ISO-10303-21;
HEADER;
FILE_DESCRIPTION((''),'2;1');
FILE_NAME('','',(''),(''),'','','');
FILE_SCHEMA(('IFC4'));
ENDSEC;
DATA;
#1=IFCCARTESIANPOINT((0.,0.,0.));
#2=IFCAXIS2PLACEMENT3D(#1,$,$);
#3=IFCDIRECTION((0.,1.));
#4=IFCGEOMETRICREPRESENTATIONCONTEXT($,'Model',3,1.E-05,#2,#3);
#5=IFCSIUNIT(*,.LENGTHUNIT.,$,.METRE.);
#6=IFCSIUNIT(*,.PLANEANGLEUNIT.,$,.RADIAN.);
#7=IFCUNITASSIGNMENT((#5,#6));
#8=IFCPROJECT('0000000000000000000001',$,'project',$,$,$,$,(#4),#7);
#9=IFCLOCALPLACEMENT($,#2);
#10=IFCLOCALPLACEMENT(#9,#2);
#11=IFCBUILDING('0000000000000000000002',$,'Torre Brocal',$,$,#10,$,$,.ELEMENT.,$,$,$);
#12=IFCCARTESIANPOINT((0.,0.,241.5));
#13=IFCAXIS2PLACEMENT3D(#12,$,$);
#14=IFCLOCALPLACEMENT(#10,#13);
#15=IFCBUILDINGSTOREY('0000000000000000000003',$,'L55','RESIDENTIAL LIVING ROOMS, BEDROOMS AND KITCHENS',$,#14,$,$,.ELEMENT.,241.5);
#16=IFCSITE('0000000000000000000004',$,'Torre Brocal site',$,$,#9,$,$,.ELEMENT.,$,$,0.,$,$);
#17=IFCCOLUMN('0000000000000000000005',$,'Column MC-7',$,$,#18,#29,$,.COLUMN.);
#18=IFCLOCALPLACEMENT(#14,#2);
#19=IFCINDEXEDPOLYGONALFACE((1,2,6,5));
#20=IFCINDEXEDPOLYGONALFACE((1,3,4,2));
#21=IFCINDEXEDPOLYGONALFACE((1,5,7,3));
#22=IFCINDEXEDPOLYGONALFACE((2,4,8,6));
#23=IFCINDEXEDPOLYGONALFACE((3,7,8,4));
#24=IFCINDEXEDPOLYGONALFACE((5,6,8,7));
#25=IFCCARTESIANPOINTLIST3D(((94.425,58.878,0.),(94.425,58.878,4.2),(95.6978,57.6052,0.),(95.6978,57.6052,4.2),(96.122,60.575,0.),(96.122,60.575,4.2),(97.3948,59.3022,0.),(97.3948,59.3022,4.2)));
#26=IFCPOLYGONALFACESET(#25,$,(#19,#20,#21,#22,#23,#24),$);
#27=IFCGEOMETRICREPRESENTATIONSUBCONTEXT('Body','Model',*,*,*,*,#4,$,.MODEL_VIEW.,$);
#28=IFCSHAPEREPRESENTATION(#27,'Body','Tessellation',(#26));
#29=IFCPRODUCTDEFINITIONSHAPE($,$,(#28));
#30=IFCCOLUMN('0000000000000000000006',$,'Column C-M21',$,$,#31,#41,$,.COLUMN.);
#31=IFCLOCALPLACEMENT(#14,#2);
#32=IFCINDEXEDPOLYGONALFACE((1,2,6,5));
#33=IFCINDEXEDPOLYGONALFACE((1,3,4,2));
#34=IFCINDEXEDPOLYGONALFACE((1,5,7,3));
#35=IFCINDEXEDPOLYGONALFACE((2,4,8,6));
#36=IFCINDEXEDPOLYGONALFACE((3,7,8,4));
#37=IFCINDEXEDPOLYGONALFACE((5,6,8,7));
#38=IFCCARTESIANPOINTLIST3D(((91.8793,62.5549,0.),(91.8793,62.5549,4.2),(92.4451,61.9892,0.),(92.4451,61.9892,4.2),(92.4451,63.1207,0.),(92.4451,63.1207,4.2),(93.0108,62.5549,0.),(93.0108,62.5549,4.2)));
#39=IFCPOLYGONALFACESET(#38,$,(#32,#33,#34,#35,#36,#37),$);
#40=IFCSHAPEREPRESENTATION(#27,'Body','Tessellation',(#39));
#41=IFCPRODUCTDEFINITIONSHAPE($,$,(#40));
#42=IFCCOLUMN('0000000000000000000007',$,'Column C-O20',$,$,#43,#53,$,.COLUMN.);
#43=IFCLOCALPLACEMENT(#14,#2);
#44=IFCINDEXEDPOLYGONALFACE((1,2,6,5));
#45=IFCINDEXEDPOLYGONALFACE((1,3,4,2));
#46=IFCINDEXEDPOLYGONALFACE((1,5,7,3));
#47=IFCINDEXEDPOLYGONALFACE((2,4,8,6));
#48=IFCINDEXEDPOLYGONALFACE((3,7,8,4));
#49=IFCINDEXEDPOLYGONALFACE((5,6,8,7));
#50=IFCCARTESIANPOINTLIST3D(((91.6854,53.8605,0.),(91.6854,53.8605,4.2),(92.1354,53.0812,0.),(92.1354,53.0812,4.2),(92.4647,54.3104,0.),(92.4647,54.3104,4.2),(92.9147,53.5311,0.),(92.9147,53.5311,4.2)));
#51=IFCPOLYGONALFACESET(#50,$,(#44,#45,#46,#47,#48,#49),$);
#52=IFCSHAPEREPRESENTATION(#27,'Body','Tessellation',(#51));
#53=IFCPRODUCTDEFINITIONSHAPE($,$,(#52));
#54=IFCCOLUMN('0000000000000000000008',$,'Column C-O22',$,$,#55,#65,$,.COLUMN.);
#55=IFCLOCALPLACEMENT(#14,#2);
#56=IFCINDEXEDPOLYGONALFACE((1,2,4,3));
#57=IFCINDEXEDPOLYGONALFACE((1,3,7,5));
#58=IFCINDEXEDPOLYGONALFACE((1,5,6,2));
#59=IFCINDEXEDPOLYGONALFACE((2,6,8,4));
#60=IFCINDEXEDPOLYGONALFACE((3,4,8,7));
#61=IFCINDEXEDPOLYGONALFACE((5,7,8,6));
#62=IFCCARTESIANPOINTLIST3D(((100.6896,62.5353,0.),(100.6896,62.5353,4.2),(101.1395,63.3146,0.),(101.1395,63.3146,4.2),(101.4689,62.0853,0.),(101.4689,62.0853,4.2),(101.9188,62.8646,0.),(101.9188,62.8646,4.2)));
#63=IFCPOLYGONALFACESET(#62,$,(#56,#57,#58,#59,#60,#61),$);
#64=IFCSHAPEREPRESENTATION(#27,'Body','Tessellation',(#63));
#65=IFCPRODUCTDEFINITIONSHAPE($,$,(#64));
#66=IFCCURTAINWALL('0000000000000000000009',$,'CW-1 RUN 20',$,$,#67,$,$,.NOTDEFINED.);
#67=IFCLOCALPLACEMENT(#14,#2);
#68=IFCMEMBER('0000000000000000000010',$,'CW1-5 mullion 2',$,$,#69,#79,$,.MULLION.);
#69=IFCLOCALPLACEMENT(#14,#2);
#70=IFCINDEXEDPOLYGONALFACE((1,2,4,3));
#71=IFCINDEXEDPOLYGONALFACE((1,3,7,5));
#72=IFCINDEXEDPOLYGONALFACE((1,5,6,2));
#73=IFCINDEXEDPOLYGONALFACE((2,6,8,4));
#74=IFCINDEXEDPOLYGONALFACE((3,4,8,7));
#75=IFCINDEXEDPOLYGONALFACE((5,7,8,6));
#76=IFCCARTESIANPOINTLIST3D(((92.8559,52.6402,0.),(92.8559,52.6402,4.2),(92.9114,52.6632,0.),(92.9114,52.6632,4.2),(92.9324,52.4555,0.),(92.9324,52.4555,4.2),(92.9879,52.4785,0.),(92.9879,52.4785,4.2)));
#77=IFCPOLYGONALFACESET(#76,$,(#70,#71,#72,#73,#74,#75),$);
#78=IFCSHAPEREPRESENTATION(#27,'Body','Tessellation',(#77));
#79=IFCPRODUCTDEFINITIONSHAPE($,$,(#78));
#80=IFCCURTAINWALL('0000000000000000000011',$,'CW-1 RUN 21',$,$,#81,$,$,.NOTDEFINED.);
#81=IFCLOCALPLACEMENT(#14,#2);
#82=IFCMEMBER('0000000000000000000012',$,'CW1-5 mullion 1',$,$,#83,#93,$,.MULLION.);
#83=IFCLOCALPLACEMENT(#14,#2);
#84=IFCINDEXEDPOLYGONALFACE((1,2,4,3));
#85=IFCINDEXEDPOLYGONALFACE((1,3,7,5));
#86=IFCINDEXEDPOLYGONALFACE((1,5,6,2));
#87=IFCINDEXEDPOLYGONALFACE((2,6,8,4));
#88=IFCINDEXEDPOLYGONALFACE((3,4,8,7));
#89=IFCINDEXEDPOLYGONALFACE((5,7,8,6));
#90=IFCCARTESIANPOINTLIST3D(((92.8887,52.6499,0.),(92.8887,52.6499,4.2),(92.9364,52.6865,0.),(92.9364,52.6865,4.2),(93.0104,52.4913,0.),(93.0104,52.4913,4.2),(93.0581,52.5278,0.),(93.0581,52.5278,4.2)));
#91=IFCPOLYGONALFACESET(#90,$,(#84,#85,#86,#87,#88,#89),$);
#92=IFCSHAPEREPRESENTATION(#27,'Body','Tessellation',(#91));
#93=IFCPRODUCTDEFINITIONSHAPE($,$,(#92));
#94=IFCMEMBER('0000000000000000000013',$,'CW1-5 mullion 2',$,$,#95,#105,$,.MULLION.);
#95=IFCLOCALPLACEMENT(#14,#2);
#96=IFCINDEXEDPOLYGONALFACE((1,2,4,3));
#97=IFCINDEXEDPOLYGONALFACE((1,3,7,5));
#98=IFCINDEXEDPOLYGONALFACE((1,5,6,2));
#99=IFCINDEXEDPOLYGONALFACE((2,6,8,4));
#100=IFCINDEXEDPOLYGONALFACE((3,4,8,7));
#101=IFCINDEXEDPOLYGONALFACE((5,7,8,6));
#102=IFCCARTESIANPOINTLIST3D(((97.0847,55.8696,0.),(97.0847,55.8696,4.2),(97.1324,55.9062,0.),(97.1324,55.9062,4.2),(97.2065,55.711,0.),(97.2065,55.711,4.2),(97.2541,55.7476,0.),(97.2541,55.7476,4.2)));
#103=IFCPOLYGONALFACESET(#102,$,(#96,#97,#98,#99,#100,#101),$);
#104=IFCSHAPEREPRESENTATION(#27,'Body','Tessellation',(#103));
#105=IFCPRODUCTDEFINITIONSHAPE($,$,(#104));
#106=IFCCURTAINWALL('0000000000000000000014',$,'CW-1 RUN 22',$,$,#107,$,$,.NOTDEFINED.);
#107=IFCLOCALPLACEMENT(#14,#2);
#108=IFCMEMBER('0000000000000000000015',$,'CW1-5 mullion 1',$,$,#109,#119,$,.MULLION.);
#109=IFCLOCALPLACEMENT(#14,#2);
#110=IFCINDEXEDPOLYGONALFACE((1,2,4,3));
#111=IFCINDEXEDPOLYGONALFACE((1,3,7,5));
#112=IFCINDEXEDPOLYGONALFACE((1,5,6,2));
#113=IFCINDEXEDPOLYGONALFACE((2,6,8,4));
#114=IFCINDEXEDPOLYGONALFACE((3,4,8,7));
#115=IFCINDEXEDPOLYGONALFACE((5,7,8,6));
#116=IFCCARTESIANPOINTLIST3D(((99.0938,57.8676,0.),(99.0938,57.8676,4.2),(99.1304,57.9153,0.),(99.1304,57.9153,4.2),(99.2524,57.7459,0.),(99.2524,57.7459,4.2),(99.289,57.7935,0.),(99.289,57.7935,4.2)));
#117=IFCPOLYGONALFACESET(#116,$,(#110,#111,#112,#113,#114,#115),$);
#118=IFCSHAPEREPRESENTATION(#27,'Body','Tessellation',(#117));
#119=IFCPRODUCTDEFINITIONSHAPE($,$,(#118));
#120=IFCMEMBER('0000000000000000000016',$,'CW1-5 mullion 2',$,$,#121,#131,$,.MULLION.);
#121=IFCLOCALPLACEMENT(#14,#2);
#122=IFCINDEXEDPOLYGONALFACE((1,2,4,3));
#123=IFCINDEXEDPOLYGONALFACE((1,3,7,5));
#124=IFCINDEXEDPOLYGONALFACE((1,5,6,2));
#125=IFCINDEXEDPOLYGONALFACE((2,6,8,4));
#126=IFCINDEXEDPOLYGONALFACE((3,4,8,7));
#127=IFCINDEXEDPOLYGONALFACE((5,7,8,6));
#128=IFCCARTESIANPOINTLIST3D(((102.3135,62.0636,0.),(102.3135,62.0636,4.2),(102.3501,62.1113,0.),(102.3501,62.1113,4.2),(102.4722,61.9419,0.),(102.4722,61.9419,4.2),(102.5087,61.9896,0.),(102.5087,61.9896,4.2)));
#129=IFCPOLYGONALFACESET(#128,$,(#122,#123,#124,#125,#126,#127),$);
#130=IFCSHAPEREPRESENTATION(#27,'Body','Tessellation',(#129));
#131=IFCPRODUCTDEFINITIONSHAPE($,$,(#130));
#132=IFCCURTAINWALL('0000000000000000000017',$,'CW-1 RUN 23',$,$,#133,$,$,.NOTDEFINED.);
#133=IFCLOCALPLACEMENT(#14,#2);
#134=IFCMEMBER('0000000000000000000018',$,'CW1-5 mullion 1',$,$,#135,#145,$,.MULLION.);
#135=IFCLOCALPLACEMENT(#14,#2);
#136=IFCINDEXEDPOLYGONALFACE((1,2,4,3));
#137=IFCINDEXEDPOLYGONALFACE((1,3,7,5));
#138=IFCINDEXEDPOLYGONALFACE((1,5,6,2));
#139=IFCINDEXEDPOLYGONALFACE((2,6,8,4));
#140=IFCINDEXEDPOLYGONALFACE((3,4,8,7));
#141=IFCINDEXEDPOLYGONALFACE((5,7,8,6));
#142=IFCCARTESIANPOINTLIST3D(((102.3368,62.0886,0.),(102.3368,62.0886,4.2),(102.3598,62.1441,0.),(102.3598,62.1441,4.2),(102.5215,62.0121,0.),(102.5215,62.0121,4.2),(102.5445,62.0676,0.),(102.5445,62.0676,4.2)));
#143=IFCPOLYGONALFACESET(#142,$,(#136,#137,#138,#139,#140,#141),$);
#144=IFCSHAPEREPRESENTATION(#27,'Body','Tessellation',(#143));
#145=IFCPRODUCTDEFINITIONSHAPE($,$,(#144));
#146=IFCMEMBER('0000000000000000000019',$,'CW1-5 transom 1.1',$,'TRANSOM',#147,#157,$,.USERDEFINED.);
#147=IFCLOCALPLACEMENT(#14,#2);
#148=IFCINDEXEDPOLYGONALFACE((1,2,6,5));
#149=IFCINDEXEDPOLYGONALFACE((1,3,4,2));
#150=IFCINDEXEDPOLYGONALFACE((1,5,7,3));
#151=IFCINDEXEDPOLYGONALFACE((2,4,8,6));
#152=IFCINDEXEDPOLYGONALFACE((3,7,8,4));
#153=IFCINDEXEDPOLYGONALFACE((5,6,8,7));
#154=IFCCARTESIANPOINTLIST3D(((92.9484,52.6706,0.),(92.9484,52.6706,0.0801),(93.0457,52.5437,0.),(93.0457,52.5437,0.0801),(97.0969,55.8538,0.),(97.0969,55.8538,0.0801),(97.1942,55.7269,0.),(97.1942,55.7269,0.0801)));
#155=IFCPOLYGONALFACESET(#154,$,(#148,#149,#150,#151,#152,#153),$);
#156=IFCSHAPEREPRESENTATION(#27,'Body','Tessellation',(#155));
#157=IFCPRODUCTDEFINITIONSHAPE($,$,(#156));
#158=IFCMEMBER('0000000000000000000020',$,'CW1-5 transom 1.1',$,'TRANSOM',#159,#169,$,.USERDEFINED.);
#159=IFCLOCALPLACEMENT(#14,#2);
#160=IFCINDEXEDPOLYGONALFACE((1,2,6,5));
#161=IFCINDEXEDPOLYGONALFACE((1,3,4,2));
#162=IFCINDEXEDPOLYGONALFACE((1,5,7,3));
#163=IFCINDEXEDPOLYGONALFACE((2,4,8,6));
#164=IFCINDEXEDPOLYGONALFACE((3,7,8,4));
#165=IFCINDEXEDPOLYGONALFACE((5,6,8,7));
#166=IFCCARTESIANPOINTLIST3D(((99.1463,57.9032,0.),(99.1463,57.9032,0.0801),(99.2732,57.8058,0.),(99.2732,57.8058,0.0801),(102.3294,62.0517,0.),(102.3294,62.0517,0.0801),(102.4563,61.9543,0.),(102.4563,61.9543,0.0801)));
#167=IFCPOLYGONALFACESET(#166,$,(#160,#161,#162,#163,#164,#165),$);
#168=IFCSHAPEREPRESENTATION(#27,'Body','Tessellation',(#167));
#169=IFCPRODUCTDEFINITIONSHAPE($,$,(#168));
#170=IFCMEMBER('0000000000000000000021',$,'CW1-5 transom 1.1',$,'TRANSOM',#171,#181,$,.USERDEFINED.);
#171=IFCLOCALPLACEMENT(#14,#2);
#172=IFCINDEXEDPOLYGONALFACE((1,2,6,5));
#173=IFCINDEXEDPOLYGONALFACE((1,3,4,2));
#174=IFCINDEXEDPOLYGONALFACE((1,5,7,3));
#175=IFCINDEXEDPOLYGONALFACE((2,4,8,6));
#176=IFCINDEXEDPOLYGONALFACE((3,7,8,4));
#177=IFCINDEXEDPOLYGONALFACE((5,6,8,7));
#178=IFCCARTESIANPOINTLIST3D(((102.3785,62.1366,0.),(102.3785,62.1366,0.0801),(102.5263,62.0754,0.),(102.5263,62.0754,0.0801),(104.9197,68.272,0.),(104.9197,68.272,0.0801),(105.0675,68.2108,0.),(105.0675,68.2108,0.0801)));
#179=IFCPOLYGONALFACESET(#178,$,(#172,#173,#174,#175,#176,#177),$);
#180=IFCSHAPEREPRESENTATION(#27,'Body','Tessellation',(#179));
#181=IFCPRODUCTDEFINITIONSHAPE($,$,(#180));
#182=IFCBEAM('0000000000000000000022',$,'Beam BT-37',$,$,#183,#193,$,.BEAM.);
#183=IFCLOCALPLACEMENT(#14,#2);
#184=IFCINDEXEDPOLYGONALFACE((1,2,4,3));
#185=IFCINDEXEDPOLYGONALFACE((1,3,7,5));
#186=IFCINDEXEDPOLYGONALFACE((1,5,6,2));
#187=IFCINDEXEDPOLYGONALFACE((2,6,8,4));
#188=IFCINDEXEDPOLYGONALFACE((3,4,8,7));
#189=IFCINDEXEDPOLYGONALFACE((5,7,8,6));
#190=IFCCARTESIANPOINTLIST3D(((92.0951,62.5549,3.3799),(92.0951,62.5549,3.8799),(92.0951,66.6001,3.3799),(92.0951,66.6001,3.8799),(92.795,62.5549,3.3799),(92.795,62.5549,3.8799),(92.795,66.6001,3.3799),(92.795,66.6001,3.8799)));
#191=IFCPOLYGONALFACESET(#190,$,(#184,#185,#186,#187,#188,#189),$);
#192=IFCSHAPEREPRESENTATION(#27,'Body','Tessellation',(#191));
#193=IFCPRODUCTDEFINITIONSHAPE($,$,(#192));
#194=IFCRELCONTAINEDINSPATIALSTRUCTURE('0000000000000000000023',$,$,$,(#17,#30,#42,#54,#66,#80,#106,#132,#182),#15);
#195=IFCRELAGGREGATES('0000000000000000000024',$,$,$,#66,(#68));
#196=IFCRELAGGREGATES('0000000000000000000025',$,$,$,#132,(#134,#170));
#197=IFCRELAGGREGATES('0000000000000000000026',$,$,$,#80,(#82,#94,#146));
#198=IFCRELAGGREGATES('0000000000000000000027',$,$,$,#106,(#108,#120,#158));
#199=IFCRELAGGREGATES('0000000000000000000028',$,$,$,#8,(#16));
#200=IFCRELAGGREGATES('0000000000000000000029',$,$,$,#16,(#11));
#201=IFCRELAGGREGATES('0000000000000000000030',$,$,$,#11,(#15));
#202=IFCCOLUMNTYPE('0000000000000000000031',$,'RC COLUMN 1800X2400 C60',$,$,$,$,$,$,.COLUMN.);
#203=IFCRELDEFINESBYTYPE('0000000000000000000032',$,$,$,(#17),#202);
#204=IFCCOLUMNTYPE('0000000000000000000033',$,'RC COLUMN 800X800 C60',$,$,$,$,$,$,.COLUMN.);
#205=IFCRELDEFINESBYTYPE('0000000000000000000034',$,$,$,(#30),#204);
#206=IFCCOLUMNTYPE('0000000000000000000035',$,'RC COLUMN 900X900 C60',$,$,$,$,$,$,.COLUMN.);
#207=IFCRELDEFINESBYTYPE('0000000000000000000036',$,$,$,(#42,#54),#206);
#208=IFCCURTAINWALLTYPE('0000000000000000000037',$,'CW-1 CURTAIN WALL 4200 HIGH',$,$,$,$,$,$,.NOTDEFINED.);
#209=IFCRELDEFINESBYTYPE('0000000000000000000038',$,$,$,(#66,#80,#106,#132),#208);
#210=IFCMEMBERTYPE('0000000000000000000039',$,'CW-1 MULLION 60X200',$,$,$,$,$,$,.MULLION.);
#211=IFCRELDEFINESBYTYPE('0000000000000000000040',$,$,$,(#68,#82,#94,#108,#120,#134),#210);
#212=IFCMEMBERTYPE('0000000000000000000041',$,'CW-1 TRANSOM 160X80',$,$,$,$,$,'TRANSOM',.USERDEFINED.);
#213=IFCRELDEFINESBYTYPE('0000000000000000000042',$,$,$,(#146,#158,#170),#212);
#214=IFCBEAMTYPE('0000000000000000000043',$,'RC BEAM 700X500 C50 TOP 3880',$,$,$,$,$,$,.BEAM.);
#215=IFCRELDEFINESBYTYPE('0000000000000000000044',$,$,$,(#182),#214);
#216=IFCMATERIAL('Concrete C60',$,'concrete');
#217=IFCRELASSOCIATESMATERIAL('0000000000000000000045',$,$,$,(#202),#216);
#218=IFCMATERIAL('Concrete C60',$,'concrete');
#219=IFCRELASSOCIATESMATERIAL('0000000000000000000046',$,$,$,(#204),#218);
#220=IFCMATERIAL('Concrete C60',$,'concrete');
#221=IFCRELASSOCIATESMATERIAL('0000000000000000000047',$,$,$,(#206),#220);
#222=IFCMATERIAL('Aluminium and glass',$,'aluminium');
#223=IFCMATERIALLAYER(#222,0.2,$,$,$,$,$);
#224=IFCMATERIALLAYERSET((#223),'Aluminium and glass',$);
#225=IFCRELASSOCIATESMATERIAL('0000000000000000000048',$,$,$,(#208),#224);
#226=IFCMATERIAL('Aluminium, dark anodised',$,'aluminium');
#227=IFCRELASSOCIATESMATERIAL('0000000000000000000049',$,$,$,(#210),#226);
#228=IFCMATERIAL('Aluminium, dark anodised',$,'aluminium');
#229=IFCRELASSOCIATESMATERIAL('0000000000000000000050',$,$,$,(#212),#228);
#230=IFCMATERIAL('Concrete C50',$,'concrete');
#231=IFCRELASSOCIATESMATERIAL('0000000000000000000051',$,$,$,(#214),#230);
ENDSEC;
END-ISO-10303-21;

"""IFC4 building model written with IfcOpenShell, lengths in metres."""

from ifc_helpers import new_model, si_unit, direction, frame, origin, origin_2d, place, context, subcontext, project, spatial, rectangle, extrude, material, layer, layer_set, material_profile, profile_set, type_object, element, aggregate, save


model = new_model("IFC4")

# Units and contexts
model_context = context("Model", 3, precision=1e-05, world=origin(), true_north=direction((0.0, 1.0)))
body_context = subcontext(model_context, "Body", "Model", "MODEL_VIEW")
ifc_project = project(units=[si_unit("LENGTHUNIT", "METRE"), si_unit("PLANEANGLEUNIT", "RADIAN")], contexts=[model_context])

# Site, building, storey
site_placement = place(None, origin())
site = spatial("IfcSite", under=ifc_project, at=site_placement, Name="Torre Brocal site", CompositionType="ELEMENT", RefElevation=0.0)
building_placement = place(site_placement, origin())
building = spatial("IfcBuilding", under=site, at=building_placement, Name="Torre Brocal", CompositionType="ELEMENT")
storey_placement = place(building_placement, frame((0.0, 0.0, 241.5)))
storey = spatial("IfcBuildingStorey", under=building, at=storey_placement, Name="L55", Description="RESIDENTIAL LIVING ROOMS, BEDROOMS AND KITCHENS", CompositionType="ELEMENT", Elevation=241.5)

# Columns
ifc_material_1 = material(Name="Concrete C60", Category="concrete")
ifc_material_profile_1 = material_profile(ifc_material_1, rectangle(XDim=1.8, YDim=2.3999, at=origin_2d()), Name="RC 1800X2400")
ifc_profile_set_1 = profile_set([ifc_material_profile_1], Name="Concrete C60")
column_type_1 = type_object("IfcColumnType", Name="RC COLUMN 1800X2400 C60", PredefinedType="COLUMN", material=ifc_profile_set_1)
column_1_placement = place(storey_placement, frame((95.9099, 59.0901, 0.0), z_axis=(0.0, 0.0, 1.0), x_axis=(0.707107, -0.707107, 0.0)))
element("IfcColumn", 1, at=column_1_placement, inside=storey, type_object=column_type_1, Name="Column MC-7", PredefinedType="COLUMN", context=body_context, shape_type="SweptSolid", body=[
    extrude(rectangle(XDim=1.8, YDim=2.3999, at=origin_2d()), origin(), (0.0, 0.0, 1.0), 4.2),
])
ifc_material_2 = material(Name="Concrete C60", Category="concrete")
ifc_material_profile_2 = material_profile(ifc_material_2, rectangle(XDim=0.8, YDim=0.8, at=origin_2d()), Name="RC 800X800")
ifc_profile_set_2 = profile_set([ifc_material_profile_2], Name="Concrete C60")
column_type_2 = type_object("IfcColumnType", Name="RC COLUMN 800X800 C60", PredefinedType="COLUMN", material=ifc_profile_set_2)
column_2_placement = place(storey_placement, frame((92.4451, 62.5549, 0.0), z_axis=(0.0, 0.0, 1.0), x_axis=(0.707107, -0.707107, 0.0)))
element("IfcColumn", 2, at=column_2_placement, inside=storey, type_object=column_type_2, Name="Column C-M21", PredefinedType="COLUMN", context=body_context, shape_type="SweptSolid", body=[
    extrude(rectangle(XDim=0.8, YDim=0.8, at=origin_2d()), origin(), (0.0, 0.0, 1.0), 4.2),
])
ifc_material_3 = material(Name="Concrete C60", Category="concrete")
ifc_material_profile_3 = material_profile(ifc_material_3, rectangle(XDim=0.8999, YDim=0.8999, at=origin_2d()), Name="RC 900X900")
ifc_profile_set_3 = profile_set([ifc_material_profile_3], Name="Concrete C60")
column_type_3 = type_object("IfcColumnType", Name="RC COLUMN 900X900 C60", PredefinedType="COLUMN", material=ifc_profile_set_3)
for number, where, z_axis, x_axis, name in (
    (3, (92.3, 53.6958, 0.0), (0.0, 0.0, 1.0), (0.5, -0.866025, 0.0), "Column C-O20"),
    (4, (101.3042, 62.7, 0.0), (0.0, 0.0, 1.0), (0.866025, -0.5, 0.0), "Column C-O22"),
):
    element("IfcColumn", number, at=place(storey_placement, frame(where, z_axis=z_axis, x_axis=x_axis)), inside=storey, type_object=column_type_3, Name=name, PredefinedType="COLUMN", context=body_context, shape_type="SweptSolid", body=[
        extrude(rectangle(XDim=0.8999, YDim=0.8999, at=origin_2d()), origin(), (0.0, 0.0, 1.0), 4.2),
    ])

# Curtain wall, member
ifc_material_4 = material(Name="Aluminium and glass", Category="aluminium")
ifc_layer_1 = layer(ifc_material_4, 0.2)
ifc_layer_set_1 = layer_set([ifc_layer_1], Name="Aluminium and glass")
curtain_wall_type = type_object("IfcCurtainWallType", Name="CW-1 CURTAIN WALL 4200 HIGH", PredefinedType="NOTDEFINED", material=ifc_layer_set_1)
curtain_wall_1_placement = place(storey_placement, origin())
curtain_wall_1 = element("IfcCurtainWall", 5, at=curtain_wall_1_placement, inside=storey, type_object=curtain_wall_type, Name="CW-1 RUN 20", PredefinedType="NOTDEFINED")
ifc_material_5 = material(Name="Aluminium, dark anodised", Category="aluminium")
ifc_material_profile_4 = material_profile(ifc_material_5, rectangle(XDim=0.2, YDim=0.0601, at=origin_2d()), Name="CW-1 MULLION 60X200")
ifc_profile_set_4 = profile_set([ifc_material_profile_4], Name="Aluminium, dark anodised")
member_type_1 = type_object("IfcMemberType", Name="CW-1 MULLION 60X200", PredefinedType="MULLION", material=ifc_profile_set_4)
member_1_placement = place(storey_placement, frame((92.9219, 52.5593, 0.0), z_axis=(0.0, 0.0, 1.0), x_axis=(-0.382683, 0.92388, 0.0)))
member_1 = element("IfcMember", 6, at=member_1_placement, type_object=member_type_1, Name="CW1-5 mullion 2", PredefinedType="MULLION", context=body_context, shape_type="SweptSolid", body=[
    extrude(rectangle(XDim=0.2, YDim=0.0601, at=origin_2d()), origin(), (0.0, 0.0, 1.0), 4.2),
])
aggregate(curtain_wall_1, [member_1])

# Curtain walls, members
curtain_wall_2_placement = place(storey_placement, origin())
curtain_wall_2 = element("IfcCurtainWall", 7, at=curtain_wall_2_placement, inside=storey, type_object=curtain_wall_type, Name="CW-1 RUN 21", PredefinedType="NOTDEFINED")
member_2_placement = place(storey_placement, frame((92.9734, 52.5889, 0.0), z_axis=(0.0, 0.0, 1.0), x_axis=(-0.608761, 0.793353, 0.0)))
member_2 = element("IfcMember", 8, at=member_2_placement, type_object=member_type_1, Name="CW1-5 mullion 1", PredefinedType="MULLION", context=body_context, shape_type="SweptSolid", body=[
    extrude(rectangle(XDim=0.2, YDim=0.0601, at=origin_2d()), origin(), (0.0, 0.0, 1.0), 4.2),
])
member_3_placement = place(storey_placement, frame((97.1694, 55.8086, 0.0), z_axis=(0.0, 0.0, 1.0), x_axis=(-0.608761, 0.793353, 0.0)))
member_3 = element("IfcMember", 9, at=member_3_placement, type_object=member_type_1, Name="CW1-5 mullion 2", PredefinedType="MULLION", context=body_context, shape_type="SweptSolid", body=[
    extrude(rectangle(XDim=0.2, YDim=0.0601, at=origin_2d()), origin(), (0.0, 0.0, 1.0), 4.2),
])
curtain_wall_3_placement = place(storey_placement, origin())
curtain_wall_3 = element("IfcCurtainWall", 10, at=curtain_wall_3_placement, inside=storey, type_object=curtain_wall_type, Name="CW-1 RUN 22", PredefinedType="NOTDEFINED")
member_4_placement = place(storey_placement, frame((99.1914, 57.8306, 0.0), z_axis=(0.0, 0.0, 1.0), x_axis=(-0.793353, 0.608761, 0.0)))
member_4 = element("IfcMember", 11, at=member_4_placement, type_object=member_type_1, Name="CW1-5 mullion 1", PredefinedType="MULLION", context=body_context, shape_type="SweptSolid", body=[
    extrude(rectangle(XDim=0.2, YDim=0.0601, at=origin_2d()), origin(), (0.0, 0.0, 1.0), 4.2),
])
member_5_placement = place(storey_placement, frame((102.4111, 62.0266, 0.0), z_axis=(0.0, 0.0, 1.0), x_axis=(-0.793353, 0.608761, 0.0)))
member_5 = element("IfcMember", 12, at=member_5_placement, type_object=member_type_1, Name="CW1-5 mullion 2", PredefinedType="MULLION", context=body_context, shape_type="SweptSolid", body=[
    extrude(rectangle(XDim=0.2, YDim=0.0601, at=origin_2d()), origin(), (0.0, 0.0, 1.0), 4.2),
])

# Curtain wall, member
curtain_wall_4_placement = place(storey_placement, origin())
curtain_wall_4 = element("IfcCurtainWall", 13, at=curtain_wall_4_placement, inside=storey, type_object=curtain_wall_type, Name="CW-1 RUN 23", PredefinedType="NOTDEFINED")
member_6_placement = place(storey_placement, frame((102.4407, 62.0781, 0.0), z_axis=(0.0, 0.0, 1.0), x_axis=(-0.92388, 0.382683, 0.0)))
member_6 = element("IfcMember", 14, at=member_6_placement, type_object=member_type_1, Name="CW1-5 mullion 1", PredefinedType="MULLION", context=body_context, shape_type="SweptSolid", body=[
    extrude(rectangle(XDim=0.2, YDim=0.0601, at=origin_2d()), origin(), (0.0, 0.0, 1.0), 4.2),
])

# Members
ifc_material_6 = material(Name="Aluminium, dark anodised", Category="aluminium")
ifc_material_profile_5 = material_profile(ifc_material_6, rectangle(XDim=0.1599, YDim=0.0801, at=origin_2d()), Name="CW-1 TRANSOM 160X80")
ifc_profile_set_5 = profile_set([ifc_material_profile_5], Name="Aluminium, dark anodised")
member_type_2 = type_object("IfcMemberType", Name="CW-1 TRANSOM 160X80", ElementType="TRANSOM", PredefinedType="USERDEFINED", material=ifc_profile_set_5)
member_7_placement = place(storey_placement, frame((92.9971, 52.6072, 0.04), z_axis=(0.793363, 0.608749, 0.0), x_axis=(-0.608749, 0.793363, 0.0)))
member_7 = element("IfcMember", 15, at=member_7_placement, type_object=member_type_2, Name="CW1-5 transom 1.1", ObjectType="TRANSOM", PredefinedType="USERDEFINED", context=body_context, shape_type="SweptSolid", body=[
    extrude(rectangle(XDim=0.1599, YDim=0.0801, at=origin_2d()), origin(), (0.0, 0.0, 1.0), 5.229),
])
member_8_placement = place(storey_placement, frame((99.2097, 57.8545, 0.04), z_axis=(0.608749, 0.793363, 0.0), x_axis=(-0.793363, 0.608749, 0.0)))
member_8 = element("IfcMember", 16, at=member_8_placement, type_object=member_type_2, Name="CW1-5 transom 1.1", ObjectType="TRANSOM", PredefinedType="USERDEFINED", context=body_context, shape_type="SweptSolid", body=[
    extrude(rectangle(XDim=0.1599, YDim=0.0801, at=origin_2d()), origin(), (0.0, 0.0, 1.0), 5.229),
])
member_9_placement = place(storey_placement, frame((102.4524, 62.106, 0.04), z_axis=(0.382665, 0.923887, 0.0), x_axis=(-0.923887, 0.382665, 0.0)))
member_9 = element("IfcMember", 17, at=member_9_placement, type_object=member_type_2, Name="CW1-5 transom 1.1", ObjectType="TRANSOM", PredefinedType="USERDEFINED", context=body_context, shape_type="SweptSolid", body=[
    extrude(rectangle(XDim=0.1599, YDim=0.0801, at=origin_2d()), origin(), (0.0, 0.0, 1.0), 6.6409),
])
aggregate(curtain_wall_4, [member_6, member_9])

# Beam
ifc_material_7 = material(Name="Concrete C50", Category="concrete")
ifc_material_profile_6 = material_profile(ifc_material_7, rectangle(XDim=0.7, YDim=0.5, at=origin_2d()), Name="RC 700X500")
ifc_profile_set_6 = profile_set([ifc_material_profile_6], Name="Concrete C50")
beam_type_1 = type_object("IfcBeamType", Name="RC BEAM 700X500 C50 TOP 3880", PredefinedType="BEAM", material=ifc_profile_set_6)
beam_placement = place(storey_placement, frame((92.4451, 62.5549, 3.6299), z_axis=(0.0, 1.0, 0.0), x_axis=(-1.0, 0.0, 0.0)))
element("IfcBeam", 18, at=beam_placement, inside=storey, type_object=beam_type_1, Name="Beam BT-37", PredefinedType="BEAM", context=body_context, shape_type="SweptSolid", body=[
    extrude(rectangle(XDim=0.7, YDim=0.5, at=origin_2d()), origin(), (0.0, 0.0, 1.0), 4.0452),
])

aggregate(curtain_wall_2, [member_2, member_3, member_7])
aggregate(curtain_wall_3, [member_4, member_5, member_8])

save(model, "model.ifc")
